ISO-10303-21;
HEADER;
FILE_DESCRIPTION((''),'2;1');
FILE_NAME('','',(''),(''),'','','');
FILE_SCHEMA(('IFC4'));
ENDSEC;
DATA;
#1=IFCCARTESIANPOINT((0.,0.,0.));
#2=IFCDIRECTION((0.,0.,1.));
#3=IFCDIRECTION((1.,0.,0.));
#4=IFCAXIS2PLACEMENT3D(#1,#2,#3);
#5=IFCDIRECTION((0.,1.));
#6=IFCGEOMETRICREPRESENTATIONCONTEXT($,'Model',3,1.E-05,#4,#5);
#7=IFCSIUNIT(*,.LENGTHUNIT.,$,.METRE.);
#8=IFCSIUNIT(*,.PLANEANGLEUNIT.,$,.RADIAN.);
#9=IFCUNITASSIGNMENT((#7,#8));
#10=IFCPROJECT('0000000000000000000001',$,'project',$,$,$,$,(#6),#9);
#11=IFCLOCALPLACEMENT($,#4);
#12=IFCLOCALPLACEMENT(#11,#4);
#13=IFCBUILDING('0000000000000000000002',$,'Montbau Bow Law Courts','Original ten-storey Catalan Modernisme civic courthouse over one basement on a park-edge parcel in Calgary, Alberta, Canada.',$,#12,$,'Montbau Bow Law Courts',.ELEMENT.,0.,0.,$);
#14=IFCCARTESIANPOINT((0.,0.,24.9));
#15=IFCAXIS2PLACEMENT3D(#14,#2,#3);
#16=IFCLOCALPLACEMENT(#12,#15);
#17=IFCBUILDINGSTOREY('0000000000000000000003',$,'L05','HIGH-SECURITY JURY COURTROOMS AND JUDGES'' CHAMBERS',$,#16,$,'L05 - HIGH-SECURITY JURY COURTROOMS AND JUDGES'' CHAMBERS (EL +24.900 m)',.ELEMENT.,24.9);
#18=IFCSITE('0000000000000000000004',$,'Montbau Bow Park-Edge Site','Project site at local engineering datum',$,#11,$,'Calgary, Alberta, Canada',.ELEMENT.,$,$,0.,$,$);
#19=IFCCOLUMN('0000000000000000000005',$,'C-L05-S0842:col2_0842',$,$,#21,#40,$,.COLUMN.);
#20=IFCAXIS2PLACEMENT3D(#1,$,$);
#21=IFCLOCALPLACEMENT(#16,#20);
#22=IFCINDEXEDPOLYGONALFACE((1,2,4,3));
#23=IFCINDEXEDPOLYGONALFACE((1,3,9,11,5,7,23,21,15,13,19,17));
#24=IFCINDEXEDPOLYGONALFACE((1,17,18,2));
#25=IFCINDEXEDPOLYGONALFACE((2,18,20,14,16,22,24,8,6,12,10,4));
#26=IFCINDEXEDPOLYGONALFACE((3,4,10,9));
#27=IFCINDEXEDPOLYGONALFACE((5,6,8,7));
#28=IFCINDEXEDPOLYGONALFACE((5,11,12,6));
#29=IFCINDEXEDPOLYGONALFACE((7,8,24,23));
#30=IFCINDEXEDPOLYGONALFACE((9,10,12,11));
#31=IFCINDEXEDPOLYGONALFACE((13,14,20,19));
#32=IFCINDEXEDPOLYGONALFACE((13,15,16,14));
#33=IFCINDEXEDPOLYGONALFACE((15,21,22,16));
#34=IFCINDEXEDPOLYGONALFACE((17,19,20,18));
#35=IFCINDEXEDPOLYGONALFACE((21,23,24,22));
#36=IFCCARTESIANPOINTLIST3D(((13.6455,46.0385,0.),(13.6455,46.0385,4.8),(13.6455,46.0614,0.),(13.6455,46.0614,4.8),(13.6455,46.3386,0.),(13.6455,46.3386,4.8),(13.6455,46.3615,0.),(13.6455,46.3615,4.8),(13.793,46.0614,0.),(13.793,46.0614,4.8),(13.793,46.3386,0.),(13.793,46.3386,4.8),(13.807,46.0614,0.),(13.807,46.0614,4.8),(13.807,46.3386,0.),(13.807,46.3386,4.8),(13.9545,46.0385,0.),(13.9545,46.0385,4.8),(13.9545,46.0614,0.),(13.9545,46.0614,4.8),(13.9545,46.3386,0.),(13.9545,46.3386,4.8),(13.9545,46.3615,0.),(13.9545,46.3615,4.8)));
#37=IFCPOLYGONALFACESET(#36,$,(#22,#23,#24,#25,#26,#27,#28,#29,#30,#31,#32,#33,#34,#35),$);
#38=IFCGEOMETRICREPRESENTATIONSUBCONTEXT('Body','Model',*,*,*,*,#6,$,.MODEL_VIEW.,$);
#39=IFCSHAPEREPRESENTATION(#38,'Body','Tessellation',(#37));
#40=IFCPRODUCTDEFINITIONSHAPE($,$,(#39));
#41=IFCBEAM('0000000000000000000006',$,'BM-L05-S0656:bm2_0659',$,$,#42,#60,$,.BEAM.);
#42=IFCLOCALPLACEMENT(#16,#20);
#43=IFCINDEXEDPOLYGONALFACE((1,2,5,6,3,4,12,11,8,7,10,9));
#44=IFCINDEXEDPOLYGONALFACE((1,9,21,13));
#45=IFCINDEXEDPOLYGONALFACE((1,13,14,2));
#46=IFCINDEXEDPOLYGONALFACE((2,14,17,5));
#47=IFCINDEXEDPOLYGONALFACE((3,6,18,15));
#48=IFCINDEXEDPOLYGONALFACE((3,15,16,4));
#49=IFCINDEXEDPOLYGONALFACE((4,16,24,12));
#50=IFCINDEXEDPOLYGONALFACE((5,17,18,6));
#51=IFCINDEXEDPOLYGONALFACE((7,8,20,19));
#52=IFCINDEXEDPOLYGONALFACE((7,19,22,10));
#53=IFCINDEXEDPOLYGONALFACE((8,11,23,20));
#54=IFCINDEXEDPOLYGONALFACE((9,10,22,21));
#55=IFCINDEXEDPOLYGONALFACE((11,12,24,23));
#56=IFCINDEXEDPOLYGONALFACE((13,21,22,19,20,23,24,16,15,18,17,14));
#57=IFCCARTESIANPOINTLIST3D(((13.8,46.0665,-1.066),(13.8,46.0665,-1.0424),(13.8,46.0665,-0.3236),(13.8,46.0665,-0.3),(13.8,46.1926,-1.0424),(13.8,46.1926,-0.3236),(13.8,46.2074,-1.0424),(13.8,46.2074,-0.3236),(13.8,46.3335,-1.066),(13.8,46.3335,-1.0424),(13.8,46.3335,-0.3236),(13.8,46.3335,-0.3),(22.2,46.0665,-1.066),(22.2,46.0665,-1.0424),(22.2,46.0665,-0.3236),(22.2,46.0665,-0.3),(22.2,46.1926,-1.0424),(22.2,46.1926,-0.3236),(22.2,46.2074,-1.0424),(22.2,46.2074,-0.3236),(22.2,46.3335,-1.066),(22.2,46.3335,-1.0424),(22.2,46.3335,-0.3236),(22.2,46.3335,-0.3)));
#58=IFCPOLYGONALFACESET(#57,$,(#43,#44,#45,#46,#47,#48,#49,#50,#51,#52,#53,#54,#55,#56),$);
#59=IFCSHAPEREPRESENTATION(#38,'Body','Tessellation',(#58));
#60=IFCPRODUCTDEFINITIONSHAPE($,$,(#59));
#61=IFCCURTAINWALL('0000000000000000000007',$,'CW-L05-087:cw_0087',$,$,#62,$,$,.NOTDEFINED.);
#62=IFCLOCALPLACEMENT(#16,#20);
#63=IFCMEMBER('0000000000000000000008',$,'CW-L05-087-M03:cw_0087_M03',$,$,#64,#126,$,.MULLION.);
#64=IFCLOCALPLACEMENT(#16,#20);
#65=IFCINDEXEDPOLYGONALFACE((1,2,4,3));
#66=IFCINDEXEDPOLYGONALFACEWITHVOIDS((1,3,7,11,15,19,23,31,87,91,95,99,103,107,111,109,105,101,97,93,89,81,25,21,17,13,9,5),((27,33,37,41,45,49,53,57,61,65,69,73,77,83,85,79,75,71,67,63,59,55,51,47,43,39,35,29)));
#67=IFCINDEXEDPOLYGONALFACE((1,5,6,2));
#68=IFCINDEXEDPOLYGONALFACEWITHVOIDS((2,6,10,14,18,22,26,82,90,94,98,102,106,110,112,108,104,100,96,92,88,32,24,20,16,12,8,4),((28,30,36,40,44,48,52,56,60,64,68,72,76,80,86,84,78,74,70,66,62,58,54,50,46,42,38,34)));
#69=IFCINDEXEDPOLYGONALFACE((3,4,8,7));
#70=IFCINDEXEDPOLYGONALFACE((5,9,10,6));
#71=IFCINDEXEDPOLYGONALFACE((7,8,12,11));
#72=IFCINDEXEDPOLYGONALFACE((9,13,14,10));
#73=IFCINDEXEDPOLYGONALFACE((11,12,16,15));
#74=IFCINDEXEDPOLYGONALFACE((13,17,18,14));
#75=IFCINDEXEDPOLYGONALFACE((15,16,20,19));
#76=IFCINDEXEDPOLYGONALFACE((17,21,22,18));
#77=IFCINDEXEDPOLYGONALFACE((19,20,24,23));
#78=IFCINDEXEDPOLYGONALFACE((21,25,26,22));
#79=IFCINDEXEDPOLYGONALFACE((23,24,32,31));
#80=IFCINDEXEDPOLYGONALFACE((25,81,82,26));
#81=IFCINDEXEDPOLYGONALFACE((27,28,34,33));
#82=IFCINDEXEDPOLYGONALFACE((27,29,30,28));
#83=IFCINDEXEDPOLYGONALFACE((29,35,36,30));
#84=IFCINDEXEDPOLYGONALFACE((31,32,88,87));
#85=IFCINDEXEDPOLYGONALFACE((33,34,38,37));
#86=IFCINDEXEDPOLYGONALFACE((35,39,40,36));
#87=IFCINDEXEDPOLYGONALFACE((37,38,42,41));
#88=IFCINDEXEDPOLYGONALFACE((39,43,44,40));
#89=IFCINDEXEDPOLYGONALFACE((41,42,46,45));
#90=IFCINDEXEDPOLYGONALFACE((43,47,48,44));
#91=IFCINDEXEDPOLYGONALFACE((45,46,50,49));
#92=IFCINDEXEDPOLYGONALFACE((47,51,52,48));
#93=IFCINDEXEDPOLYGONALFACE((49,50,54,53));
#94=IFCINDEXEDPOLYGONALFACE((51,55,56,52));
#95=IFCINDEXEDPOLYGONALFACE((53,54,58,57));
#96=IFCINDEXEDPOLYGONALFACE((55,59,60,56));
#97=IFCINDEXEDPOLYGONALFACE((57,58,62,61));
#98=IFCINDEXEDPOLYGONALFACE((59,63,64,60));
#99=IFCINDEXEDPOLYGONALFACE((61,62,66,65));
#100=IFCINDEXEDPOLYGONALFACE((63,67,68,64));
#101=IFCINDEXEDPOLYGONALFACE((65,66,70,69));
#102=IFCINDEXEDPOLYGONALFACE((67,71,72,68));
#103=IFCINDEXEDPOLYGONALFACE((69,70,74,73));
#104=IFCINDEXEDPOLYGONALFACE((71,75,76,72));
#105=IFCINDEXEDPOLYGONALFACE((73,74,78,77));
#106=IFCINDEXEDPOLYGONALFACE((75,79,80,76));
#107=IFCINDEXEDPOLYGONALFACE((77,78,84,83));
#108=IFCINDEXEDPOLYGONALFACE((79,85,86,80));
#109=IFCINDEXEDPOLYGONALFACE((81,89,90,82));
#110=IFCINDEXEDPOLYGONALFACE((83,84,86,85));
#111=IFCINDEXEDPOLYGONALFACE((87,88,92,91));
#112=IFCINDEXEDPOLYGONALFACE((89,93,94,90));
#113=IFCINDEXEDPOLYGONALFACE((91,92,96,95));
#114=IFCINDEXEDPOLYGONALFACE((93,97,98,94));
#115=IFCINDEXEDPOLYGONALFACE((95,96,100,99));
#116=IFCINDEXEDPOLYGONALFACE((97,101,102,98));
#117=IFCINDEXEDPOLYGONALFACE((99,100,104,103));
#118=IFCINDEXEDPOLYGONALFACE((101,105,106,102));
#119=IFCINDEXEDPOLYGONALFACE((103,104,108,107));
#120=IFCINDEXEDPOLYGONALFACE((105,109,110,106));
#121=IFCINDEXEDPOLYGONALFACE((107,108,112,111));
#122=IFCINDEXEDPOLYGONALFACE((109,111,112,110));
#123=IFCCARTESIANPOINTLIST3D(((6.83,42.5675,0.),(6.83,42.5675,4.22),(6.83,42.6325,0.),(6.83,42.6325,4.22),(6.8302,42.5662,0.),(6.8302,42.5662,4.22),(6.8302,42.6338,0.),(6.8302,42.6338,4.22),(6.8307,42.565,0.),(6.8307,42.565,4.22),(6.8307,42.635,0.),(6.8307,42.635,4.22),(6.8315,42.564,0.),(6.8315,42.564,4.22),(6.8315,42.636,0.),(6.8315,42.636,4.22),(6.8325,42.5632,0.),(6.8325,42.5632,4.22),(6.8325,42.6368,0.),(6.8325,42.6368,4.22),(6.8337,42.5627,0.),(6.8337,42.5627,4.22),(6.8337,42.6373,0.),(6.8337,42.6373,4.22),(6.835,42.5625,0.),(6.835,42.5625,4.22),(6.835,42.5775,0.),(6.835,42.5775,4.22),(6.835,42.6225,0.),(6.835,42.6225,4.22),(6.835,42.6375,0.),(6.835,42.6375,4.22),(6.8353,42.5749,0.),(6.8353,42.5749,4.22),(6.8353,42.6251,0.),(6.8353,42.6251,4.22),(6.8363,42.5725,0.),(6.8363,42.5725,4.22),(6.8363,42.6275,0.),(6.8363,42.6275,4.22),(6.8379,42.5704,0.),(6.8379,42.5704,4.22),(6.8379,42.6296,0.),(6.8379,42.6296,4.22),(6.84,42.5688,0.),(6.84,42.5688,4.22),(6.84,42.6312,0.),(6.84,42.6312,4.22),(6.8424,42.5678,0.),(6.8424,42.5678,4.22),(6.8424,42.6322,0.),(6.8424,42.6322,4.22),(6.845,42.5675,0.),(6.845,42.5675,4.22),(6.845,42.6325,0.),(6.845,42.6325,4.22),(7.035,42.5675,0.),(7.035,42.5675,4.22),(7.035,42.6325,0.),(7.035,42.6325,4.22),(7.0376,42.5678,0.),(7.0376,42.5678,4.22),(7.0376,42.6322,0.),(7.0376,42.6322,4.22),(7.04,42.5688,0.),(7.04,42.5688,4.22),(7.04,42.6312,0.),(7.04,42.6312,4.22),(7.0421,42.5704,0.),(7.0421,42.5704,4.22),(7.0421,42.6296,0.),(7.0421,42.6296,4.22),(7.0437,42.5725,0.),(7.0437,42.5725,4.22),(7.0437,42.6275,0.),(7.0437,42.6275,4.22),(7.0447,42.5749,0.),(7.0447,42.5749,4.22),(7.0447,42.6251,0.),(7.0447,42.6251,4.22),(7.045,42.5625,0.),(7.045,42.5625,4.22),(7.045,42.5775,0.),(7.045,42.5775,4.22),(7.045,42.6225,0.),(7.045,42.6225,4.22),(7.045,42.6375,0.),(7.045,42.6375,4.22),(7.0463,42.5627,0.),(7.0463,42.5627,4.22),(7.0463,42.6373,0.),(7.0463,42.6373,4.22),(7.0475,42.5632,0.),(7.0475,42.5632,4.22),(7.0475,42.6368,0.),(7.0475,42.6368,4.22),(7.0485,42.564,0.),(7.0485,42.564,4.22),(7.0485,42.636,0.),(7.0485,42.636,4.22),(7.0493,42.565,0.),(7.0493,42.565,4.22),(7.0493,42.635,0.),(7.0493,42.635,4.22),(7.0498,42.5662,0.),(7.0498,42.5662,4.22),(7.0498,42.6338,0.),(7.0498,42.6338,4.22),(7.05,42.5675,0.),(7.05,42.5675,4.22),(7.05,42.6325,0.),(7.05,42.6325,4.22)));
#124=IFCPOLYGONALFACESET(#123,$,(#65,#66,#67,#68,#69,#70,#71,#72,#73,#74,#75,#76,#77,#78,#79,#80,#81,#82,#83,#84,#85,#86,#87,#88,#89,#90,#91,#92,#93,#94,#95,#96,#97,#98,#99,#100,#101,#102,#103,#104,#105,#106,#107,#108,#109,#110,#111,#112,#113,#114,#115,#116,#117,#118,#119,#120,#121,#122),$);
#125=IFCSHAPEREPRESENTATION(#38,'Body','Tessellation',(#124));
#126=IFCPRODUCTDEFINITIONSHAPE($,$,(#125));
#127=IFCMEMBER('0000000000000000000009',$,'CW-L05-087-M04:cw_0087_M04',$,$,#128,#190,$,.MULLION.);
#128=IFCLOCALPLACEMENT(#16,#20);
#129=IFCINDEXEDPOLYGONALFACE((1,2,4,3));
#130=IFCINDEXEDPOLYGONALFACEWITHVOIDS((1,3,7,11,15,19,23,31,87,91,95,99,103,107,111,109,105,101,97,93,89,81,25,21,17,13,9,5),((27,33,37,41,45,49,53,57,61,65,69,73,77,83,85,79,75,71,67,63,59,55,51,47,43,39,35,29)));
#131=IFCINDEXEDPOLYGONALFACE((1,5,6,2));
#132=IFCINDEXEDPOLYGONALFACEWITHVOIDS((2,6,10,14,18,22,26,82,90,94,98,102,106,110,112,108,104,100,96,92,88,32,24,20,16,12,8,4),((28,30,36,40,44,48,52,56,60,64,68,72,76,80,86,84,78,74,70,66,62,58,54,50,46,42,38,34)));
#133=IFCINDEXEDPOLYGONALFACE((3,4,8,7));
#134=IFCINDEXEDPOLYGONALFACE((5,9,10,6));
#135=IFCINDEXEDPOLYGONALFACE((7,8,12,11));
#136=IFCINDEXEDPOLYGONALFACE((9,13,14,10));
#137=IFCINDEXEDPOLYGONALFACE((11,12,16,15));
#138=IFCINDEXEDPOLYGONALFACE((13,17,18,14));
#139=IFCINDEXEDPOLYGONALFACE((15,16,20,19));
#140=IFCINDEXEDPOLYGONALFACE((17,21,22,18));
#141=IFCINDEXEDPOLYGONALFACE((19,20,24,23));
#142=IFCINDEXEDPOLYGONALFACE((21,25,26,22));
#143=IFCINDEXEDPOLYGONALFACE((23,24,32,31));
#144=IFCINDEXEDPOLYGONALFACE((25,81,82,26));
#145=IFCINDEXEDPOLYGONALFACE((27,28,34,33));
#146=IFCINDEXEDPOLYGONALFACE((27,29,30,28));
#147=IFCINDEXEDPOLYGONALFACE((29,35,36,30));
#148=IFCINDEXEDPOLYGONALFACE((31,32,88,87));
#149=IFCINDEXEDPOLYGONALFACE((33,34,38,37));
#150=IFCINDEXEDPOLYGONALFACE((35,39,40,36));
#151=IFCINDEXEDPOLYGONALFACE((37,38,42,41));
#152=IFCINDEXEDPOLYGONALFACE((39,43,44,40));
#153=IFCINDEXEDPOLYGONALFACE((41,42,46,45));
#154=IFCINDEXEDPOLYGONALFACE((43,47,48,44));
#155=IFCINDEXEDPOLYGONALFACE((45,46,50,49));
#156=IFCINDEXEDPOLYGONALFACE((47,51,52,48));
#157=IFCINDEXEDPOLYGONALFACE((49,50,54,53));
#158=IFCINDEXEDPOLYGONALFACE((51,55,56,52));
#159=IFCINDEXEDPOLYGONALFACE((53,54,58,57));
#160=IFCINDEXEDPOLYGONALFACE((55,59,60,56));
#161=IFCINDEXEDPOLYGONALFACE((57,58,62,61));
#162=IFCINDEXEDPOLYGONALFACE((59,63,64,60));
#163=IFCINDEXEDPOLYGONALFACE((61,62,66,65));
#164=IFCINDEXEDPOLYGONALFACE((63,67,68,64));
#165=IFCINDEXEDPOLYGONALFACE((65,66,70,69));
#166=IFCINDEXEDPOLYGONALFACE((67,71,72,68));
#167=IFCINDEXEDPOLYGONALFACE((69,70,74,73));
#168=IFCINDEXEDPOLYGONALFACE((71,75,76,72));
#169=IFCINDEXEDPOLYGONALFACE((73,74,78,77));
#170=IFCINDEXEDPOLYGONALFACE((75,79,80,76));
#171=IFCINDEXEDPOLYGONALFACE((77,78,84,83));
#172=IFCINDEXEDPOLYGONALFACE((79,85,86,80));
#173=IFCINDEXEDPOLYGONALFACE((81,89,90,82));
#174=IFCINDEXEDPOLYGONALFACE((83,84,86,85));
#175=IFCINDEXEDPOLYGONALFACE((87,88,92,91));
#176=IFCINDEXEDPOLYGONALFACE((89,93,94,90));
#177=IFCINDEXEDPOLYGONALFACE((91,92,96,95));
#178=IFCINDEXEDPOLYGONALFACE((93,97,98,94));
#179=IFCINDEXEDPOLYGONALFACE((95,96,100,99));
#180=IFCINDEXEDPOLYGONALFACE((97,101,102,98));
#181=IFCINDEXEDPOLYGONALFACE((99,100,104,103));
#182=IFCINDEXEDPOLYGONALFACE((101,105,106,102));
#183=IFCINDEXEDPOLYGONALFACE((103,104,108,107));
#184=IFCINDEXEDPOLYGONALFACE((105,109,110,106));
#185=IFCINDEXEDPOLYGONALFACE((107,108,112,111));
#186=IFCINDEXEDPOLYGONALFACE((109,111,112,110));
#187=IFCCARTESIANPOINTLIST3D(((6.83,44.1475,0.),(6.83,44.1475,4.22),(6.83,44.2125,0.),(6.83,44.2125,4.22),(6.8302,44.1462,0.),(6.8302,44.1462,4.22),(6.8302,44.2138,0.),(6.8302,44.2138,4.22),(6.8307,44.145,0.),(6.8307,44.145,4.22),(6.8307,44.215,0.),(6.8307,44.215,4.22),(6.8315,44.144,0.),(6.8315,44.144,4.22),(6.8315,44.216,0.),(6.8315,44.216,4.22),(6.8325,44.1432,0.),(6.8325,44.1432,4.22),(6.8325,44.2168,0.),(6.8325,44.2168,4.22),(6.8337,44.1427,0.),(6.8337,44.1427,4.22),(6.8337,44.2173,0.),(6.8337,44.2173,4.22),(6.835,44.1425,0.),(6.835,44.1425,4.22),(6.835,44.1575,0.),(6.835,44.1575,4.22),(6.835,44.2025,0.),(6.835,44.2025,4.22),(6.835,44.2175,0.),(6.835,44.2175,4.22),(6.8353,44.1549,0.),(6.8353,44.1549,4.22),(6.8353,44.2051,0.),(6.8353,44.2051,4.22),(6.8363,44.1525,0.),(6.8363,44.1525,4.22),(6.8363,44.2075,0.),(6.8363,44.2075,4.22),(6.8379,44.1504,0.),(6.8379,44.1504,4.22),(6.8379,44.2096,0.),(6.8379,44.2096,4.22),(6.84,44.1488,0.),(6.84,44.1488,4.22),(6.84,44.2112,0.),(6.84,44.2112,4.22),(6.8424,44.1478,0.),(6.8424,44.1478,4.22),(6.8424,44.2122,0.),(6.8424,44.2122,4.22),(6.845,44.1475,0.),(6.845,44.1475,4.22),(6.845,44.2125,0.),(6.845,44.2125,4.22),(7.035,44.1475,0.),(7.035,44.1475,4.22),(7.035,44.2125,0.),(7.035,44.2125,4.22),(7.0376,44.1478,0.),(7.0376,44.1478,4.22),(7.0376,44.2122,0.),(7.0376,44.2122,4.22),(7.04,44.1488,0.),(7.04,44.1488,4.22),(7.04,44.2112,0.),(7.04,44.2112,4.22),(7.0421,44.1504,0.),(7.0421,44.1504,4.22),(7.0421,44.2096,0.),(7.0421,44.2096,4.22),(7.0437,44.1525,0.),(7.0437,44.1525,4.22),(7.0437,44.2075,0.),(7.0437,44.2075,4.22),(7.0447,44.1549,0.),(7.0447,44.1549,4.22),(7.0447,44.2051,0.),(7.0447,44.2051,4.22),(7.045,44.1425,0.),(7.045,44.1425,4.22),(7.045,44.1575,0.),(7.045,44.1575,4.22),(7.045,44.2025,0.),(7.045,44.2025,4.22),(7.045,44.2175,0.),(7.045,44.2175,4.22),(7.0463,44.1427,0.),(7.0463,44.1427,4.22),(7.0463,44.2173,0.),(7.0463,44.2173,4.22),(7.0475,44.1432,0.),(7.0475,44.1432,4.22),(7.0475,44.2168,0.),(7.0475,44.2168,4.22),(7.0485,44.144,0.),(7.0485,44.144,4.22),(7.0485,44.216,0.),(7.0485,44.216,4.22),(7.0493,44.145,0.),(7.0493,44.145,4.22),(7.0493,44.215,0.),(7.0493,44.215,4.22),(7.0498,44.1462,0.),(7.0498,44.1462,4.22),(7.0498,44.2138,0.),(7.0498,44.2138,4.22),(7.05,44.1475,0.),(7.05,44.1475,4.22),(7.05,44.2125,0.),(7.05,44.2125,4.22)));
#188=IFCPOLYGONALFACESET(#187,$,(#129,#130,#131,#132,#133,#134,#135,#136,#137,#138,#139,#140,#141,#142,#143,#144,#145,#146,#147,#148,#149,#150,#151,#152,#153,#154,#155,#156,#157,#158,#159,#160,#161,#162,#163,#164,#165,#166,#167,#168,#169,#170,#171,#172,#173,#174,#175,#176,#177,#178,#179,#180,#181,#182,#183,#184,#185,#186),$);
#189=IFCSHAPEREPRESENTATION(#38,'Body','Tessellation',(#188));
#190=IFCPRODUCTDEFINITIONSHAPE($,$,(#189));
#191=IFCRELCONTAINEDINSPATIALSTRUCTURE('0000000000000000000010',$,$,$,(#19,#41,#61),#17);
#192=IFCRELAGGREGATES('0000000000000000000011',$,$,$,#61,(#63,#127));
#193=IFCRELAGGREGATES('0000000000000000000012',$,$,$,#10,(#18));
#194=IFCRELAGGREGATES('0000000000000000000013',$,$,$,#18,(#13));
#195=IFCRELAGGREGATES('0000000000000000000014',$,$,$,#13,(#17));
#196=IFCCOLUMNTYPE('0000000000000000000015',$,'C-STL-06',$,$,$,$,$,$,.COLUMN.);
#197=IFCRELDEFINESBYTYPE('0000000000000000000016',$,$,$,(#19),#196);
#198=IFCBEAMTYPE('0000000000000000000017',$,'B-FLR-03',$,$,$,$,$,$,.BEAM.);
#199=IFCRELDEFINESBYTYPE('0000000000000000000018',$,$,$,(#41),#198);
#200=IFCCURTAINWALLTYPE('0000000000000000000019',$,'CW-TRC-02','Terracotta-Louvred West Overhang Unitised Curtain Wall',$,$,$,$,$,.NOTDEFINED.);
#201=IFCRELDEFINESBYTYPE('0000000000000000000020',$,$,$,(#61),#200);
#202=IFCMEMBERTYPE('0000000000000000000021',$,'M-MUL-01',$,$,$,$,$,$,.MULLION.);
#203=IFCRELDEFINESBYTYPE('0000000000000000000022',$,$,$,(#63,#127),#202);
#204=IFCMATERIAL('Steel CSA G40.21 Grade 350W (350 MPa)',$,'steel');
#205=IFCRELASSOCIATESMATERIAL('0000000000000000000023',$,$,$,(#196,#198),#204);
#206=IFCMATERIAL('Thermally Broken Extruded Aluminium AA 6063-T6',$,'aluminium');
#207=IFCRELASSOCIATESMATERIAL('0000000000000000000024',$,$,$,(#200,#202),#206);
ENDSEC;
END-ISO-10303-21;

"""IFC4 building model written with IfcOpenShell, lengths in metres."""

from ifc_helpers import new_model, si_unit, direction, frame, origin_with_axes, origin_2d_with_axis, place, context, subcontext, project, spatial, hollow_rectangle, i_section, extrude, material, material_profile, profile_set, type_object, element, aggregate, save


model = new_model("IFC4")

# Units and contexts
model_context = context("Model", 3, precision=1e-05, world=origin_with_axes(), true_north=direction((0.0, 1.0)))
body_context = subcontext(model_context, "Body", "Model", "MODEL_VIEW")
ifc_project = project(units=[si_unit("LENGTHUNIT", "METRE"), si_unit("PLANEANGLEUNIT", "RADIAN")], contexts=[model_context])

# Site, building, storey
site_placement = place(None, origin_with_axes())
site = spatial("IfcSite", under=ifc_project, at=site_placement, Name="Montbau Bow Park-Edge Site", Description="Project site at local engineering datum", LongName="Calgary, Alberta, Canada", CompositionType="ELEMENT", RefElevation=0.0)
building_placement = place(site_placement, origin_with_axes())
building = spatial("IfcBuilding", under=site, at=building_placement, Name="Montbau Bow Law Courts", Description="Original ten-storey Catalan Modernisme civic courthouse over one basement on a park-edge parcel in Calgary, Alberta, Canada.", LongName="Montbau Bow Law Courts", CompositionType="ELEMENT", ElevationOfRefHeight=0.0, ElevationOfTerrain=0.0)
storey_placement = place(building_placement, frame((0.0, 0.0, 24.9), z_axis=(0.0, 0.0, 1.0), x_axis=(1.0, 0.0, 0.0)))
storey = spatial("IfcBuildingStorey", under=building, at=storey_placement, Name="L05", Description="HIGH-SECURITY JURY COURTROOMS AND JUDGES' CHAMBERS", LongName="L05 - HIGH-SECURITY JURY COURTROOMS AND JUDGES' CHAMBERS (EL +24.900 m)", CompositionType="ELEMENT", Elevation=24.9)

# Column
ifc_material_1 = material(Name="Steel CSA G40.21 Grade 350W (350 MPa)", Category="steel")
ifc_material_profile_1 = material_profile(ifc_material_1, i_section(OverallWidth=0.309, OverallDepth=0.323, WebThickness=0.014, FlangeThickness=0.0229, at=origin_2d_with_axis()), Name="W310X143", Category="Main", Priority=0)
ifc_profile_set_1 = profile_set([ifc_material_profile_1], Name="Steel CSA G40.21 Grade 350W (350 MPa)")
column_type = type_object("IfcColumnType", Name="C-STL-06", PredefinedType="COLUMN", material=ifc_profile_set_1)
column_placement = place(None, frame((13.8, 46.2, 24.9), z_axis=(0.0, 0.0, 1.0), x_axis=(1.0, 0.0, 0.0)))
element("IfcColumn", 1, at=column_placement, inside=storey, type_object=column_type, Name="C-L05-S0842:col2_0842", PredefinedType="COLUMN", context=body_context, shape_type="SweptSolid", body=[
    extrude(i_section(OverallWidth=0.309, OverallDepth=0.323, WebThickness=0.014, FlangeThickness=0.0229, at=origin_2d_with_axis()), origin_with_axes(), (0.0, 0.0, 1.0), 4.8),
])

# Beam
ifc_material_profile_2 = material_profile(ifc_material_1, i_section(OverallWidth=0.267, OverallDepth=0.766, WebThickness=0.0149, FlangeThickness=0.0236, at=origin_2d_with_axis()), Name="W760X185", Category="Main", Priority=0)
ifc_profile_set_2 = profile_set([ifc_material_profile_2], Name="Steel CSA G40.21 Grade 350W (350 MPa)")
beam_type = type_object("IfcBeamType", Name="B-FLR-03", PredefinedType="BEAM", material=ifc_profile_set_2)
beam_placement = place(None, frame((13.8, 46.2, 24.217), z_axis=(1.0, 0.0, 0.0), x_axis=(0.0, 1.0, 0.0)))
element("IfcBeam", 2, at=beam_placement, inside=storey, type_object=beam_type, Name="BM-L05-S0656:bm2_0659", PredefinedType="BEAM", context=body_context, shape_type="SweptSolid", body=[
    extrude(i_section(OverallWidth=0.267, OverallDepth=0.766, WebThickness=0.0149, FlangeThickness=0.0236, at=origin_2d_with_axis()), origin_with_axes(), (0.0, 0.0, 1.0), 8.4),
])

# Curtain wall, members
ifc_material_2 = material(Name="Thermally Broken Extruded Aluminium AA 6063-T6", Category="aluminium")
curtain_wall_type = type_object("IfcCurtainWallType", Name="CW-TRC-02", Description="Terracotta-Louvred West Overhang Unitised Curtain Wall", PredefinedType="NOTDEFINED", material=ifc_material_2)
curtain_wall_1_placement = place(None, frame((6.94, 39.44, 24.9), z_axis=(0.0, 0.0, 1.0), x_axis=(1.0, 0.0, 0.0)))
curtain_wall_1 = element("IfcCurtainWall", 3, at=curtain_wall_1_placement, inside=storey, type_object=curtain_wall_type, Name="CW-L05-087:cw_0087", PredefinedType="NOTDEFINED")
ifc_material_profile_3 = material_profile(ifc_material_2, hollow_rectangle(XDim=0.075, YDim=0.22, WallThickness=0.005, InnerFilletRadius=0.01, OuterFilletRadius=0.005, at=origin_2d_with_axis()), Name="CWM-220X75", Category="Main", Priority=0)
ifc_profile_set_3 = profile_set([ifc_material_profile_3], Name="Thermally Broken Extruded Aluminium AA 6063-T6")
member_type_1 = type_object("IfcMemberType", Name="M-MUL-01", PredefinedType="MULLION", material=ifc_profile_set_3)
member_1_placement = place(None, frame((6.94, 42.6, 24.9), z_axis=(0.0, 0.0, 1.0), x_axis=(0.0, 1.0, 0.0)))
member_1 = element("IfcMember", 4, at=member_1_placement, type_object=member_type_1, Name="CW-L05-087-M03:cw_0087_M03", PredefinedType="MULLION", context=body_context, shape_type="SweptSolid", body=[
    extrude(hollow_rectangle(XDim=0.075, YDim=0.22, WallThickness=0.005, InnerFilletRadius=0.01, OuterFilletRadius=0.005, at=origin_2d_with_axis()), origin_with_axes(), (0.0, 0.0, 1.0), 4.22),
])
member_2_placement = place(None, frame((6.94, 44.18, 24.9), z_axis=(0.0, 0.0, 1.0), x_axis=(0.0, 1.0, 0.0)))
member_2 = element("IfcMember", 5, at=member_2_placement, type_object=member_type_1, Name="CW-L05-087-M04:cw_0087_M04", PredefinedType="MULLION", context=body_context, shape_type="SweptSolid", body=[
    extrude(hollow_rectangle(XDim=0.075, YDim=0.22, WallThickness=0.005, InnerFilletRadius=0.01, OuterFilletRadius=0.005, at=origin_2d_with_axis()), origin_with_axes(), (0.0, 0.0, 1.0), 4.22),
])

aggregate(curtain_wall_1, [member_1, member_2])

save(model, "model.ifc")
